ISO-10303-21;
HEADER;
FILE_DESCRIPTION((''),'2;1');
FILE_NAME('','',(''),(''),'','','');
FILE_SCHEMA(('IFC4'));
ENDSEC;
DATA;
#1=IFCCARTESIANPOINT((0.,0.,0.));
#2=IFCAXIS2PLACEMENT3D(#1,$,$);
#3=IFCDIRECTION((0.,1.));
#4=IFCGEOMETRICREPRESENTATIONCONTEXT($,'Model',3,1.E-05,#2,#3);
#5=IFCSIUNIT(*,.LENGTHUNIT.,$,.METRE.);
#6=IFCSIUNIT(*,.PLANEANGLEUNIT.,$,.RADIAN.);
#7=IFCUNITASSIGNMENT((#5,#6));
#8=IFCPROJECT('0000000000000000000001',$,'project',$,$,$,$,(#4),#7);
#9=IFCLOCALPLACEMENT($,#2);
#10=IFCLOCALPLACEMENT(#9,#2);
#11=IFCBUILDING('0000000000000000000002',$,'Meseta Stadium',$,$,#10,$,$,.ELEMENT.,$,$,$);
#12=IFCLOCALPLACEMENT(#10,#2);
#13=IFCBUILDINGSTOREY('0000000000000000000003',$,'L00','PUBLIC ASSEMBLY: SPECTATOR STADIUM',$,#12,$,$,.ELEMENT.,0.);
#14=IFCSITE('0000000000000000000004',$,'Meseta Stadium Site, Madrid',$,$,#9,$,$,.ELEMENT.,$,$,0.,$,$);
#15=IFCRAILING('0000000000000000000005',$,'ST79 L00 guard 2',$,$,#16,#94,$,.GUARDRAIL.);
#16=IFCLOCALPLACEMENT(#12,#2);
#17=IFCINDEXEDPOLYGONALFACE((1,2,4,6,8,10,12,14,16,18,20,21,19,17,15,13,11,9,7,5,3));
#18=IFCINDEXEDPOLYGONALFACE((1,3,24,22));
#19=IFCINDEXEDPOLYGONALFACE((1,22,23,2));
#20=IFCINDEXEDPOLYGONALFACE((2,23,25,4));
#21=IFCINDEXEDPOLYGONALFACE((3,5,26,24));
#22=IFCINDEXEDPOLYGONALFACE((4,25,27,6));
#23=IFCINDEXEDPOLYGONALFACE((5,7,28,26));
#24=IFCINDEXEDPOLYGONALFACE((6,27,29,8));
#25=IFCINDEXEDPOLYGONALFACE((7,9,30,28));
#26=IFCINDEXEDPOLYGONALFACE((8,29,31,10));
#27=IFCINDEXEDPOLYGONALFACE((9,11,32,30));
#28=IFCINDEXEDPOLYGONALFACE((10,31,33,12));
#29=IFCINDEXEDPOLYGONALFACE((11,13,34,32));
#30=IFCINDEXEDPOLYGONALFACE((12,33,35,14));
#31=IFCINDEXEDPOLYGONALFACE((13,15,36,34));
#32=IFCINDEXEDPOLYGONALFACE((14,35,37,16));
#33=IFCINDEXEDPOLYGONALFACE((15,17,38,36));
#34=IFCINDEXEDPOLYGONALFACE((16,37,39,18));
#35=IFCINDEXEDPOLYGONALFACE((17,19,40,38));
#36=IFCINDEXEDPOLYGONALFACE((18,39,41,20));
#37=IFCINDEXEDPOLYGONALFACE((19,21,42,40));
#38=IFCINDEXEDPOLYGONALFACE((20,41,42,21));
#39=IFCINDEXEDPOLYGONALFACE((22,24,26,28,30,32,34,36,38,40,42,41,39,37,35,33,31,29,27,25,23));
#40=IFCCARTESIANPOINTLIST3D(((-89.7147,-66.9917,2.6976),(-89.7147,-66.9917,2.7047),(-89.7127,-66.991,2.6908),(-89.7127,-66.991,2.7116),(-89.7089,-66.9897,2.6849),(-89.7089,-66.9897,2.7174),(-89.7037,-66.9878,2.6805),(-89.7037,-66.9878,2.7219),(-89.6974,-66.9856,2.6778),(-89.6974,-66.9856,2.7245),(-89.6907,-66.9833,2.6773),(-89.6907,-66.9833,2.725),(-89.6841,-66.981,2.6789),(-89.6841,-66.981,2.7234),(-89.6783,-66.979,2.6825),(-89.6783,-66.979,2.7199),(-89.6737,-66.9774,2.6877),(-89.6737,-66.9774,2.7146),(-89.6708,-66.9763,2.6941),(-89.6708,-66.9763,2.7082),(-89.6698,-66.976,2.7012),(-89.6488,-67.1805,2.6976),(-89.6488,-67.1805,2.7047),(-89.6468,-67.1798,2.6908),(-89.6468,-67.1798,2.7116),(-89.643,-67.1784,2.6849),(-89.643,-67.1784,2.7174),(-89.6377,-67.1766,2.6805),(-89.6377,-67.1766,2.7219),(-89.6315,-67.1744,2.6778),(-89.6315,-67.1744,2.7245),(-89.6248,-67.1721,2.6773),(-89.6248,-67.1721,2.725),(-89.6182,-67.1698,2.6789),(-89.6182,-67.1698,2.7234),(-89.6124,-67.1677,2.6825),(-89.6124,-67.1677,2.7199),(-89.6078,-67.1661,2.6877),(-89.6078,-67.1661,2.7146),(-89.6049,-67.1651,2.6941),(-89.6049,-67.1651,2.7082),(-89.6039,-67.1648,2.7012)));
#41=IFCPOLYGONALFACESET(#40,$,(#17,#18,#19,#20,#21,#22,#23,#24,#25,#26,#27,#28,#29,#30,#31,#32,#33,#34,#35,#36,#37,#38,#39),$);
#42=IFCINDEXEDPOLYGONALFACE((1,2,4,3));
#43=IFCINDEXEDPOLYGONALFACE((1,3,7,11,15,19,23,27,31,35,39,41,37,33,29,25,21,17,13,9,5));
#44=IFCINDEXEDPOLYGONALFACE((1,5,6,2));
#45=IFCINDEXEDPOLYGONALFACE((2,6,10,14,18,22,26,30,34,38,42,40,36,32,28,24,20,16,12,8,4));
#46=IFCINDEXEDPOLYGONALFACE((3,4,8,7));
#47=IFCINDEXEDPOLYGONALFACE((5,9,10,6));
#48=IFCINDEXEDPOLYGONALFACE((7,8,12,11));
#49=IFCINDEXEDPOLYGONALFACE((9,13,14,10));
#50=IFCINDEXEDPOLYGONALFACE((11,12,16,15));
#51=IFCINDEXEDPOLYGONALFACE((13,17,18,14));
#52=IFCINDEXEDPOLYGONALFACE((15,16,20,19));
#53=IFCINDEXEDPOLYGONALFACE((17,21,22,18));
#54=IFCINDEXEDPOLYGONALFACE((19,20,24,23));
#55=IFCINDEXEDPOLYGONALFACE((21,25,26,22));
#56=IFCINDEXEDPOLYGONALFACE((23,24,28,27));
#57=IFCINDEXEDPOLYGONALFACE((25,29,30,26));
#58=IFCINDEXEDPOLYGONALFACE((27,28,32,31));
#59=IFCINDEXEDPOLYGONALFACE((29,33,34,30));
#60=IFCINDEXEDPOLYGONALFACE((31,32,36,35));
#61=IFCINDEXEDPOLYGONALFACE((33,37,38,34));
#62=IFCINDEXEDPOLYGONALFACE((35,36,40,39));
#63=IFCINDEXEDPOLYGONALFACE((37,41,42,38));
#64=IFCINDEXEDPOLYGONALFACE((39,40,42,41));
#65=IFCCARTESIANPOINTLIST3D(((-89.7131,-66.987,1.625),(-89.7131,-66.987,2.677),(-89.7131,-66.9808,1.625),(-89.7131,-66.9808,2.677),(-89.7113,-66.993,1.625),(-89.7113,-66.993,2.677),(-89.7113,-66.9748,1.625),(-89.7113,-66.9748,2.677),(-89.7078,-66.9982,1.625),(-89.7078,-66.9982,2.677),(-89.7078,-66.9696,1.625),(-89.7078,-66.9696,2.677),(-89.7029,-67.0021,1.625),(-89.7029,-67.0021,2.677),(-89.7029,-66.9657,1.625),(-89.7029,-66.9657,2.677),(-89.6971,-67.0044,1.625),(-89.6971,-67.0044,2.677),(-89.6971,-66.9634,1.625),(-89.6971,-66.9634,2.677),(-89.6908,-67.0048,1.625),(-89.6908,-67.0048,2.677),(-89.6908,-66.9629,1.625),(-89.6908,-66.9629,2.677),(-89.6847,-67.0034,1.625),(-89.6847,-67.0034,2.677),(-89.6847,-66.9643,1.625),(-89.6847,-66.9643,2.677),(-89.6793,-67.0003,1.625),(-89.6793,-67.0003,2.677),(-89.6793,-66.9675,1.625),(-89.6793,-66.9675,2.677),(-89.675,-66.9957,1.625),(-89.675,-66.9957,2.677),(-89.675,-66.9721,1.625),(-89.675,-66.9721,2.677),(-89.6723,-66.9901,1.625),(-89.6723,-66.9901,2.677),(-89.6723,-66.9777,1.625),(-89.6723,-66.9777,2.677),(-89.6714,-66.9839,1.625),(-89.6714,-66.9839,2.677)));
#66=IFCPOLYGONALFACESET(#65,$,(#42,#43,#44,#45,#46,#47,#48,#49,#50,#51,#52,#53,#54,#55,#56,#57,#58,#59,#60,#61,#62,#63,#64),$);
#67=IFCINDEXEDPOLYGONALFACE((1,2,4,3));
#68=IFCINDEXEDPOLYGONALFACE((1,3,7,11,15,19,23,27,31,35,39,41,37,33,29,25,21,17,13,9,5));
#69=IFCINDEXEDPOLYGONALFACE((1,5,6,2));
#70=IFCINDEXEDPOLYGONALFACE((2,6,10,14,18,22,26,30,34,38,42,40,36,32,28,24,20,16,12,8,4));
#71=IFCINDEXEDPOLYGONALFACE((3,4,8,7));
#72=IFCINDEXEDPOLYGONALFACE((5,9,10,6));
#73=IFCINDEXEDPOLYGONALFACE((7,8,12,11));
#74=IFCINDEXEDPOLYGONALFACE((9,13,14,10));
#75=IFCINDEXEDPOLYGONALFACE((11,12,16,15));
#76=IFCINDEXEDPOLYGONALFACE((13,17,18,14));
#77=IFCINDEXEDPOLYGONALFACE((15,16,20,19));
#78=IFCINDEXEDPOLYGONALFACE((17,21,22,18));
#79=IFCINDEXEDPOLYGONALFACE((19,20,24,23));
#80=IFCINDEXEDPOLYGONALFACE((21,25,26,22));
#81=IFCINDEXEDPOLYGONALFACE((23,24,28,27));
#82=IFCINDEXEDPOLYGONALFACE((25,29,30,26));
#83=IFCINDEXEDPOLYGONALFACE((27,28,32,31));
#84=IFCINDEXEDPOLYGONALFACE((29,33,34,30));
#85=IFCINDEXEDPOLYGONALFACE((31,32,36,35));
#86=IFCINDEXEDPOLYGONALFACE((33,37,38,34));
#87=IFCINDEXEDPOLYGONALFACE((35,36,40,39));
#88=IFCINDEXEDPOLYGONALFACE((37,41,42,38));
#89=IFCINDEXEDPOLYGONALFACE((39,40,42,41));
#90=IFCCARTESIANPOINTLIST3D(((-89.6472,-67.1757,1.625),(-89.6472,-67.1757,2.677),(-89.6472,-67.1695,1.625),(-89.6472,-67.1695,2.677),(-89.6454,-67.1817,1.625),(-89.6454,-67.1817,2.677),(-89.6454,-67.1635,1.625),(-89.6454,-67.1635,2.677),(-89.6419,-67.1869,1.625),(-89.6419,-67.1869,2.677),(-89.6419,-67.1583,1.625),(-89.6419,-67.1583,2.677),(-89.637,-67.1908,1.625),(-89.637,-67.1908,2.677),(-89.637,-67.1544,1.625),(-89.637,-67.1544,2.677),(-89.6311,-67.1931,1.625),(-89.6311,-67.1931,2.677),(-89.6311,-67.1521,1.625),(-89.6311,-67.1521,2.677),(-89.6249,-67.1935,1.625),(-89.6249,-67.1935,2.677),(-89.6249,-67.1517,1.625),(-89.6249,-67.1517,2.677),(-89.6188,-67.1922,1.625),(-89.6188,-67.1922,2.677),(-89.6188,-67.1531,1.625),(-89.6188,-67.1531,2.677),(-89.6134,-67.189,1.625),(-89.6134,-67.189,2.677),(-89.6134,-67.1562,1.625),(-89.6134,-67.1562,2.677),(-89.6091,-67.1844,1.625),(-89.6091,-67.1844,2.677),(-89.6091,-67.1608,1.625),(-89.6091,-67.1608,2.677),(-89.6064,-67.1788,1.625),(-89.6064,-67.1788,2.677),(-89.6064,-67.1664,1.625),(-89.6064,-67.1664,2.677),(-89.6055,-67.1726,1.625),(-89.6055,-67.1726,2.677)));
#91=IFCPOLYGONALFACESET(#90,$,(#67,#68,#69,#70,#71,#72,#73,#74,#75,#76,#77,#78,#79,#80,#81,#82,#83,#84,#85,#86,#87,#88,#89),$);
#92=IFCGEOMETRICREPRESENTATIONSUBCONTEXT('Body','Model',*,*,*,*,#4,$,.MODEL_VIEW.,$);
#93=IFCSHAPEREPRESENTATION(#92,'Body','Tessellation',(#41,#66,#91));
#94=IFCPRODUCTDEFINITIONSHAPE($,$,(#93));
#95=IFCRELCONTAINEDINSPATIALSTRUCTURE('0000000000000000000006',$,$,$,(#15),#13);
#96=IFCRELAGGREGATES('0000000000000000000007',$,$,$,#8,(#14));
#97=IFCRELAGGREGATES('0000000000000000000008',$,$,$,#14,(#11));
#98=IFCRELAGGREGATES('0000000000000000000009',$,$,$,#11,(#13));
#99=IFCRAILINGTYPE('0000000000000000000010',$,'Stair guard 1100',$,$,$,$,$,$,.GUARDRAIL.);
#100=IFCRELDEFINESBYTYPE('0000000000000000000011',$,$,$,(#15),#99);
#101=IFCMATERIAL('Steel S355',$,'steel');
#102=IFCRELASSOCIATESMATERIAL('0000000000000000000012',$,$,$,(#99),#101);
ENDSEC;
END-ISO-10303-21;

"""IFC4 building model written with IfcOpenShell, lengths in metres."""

from ifc_helpers import new_model, si_unit, direction, frame, origin, origin_2d, place, context, subcontext, project, spatial, circle, extrude, material, type_object, element, save


model = new_model("IFC4")

# Units and contexts
model_context = context("Model", 3, precision=1e-05, world=origin(), true_north=direction((0.0, 1.0)))
body_context = subcontext(model_context, "Body", "Model", "MODEL_VIEW")
ifc_project = project(units=[si_unit("LENGTHUNIT", "METRE"), si_unit("PLANEANGLEUNIT", "RADIAN")], contexts=[model_context])

# Site, building, storey
site_placement = place(None, origin())
site = spatial("IfcSite", under=ifc_project, at=site_placement, Name="Meseta Stadium Site, Madrid", CompositionType="ELEMENT", RefElevation=0.0)
building_placement = place(site_placement, origin())
building = spatial("IfcBuilding", under=site, at=building_placement, Name="Meseta Stadium", CompositionType="ELEMENT")
storey_placement = place(building_placement, origin())
storey = spatial("IfcBuildingStorey", under=building, at=storey_placement, Name="L00", Description="PUBLIC ASSEMBLY: SPECTATOR STADIUM", CompositionType="ELEMENT", Elevation=0.0)

# Railing
ifc_material_1 = material(Name="Steel S355", Category="steel")
railing_type_1 = type_object("IfcRailingType", Name="Stair guard 1100", PredefinedType="GUARDRAIL", material=ifc_material_1)
railing_1_placement = place(storey_placement, frame((-89.6924, -66.9839, 1.625)))
element("IfcRailing", 1, at=railing_1_placement, inside=storey, type_object=railing_type_1, Name="ST79 L00 guard 2", PredefinedType="GUARDRAIL", context=body_context, shape_type="SweptSolid", body=[
    extrude(circle(Radius=0.0239, at=origin_2d()), frame((0.0, 0.0, 1.0762), z_axis=(0.329752, -0.944068, 0.0), x_axis=(0.944068, 0.329752, 0.0)), (0.0, 0.0, 1.0), 0.2),
    extrude(circle(Radius=0.021, at=origin_2d()), origin(), (0.0, 0.0, 1.0), 1.052),
    extrude(circle(Radius=0.021, at=origin_2d()), frame((0.0659, -0.1887, 0.0)), (0.0, 0.0, 1.0), 1.052),
])

save(model, "model.ifc")
